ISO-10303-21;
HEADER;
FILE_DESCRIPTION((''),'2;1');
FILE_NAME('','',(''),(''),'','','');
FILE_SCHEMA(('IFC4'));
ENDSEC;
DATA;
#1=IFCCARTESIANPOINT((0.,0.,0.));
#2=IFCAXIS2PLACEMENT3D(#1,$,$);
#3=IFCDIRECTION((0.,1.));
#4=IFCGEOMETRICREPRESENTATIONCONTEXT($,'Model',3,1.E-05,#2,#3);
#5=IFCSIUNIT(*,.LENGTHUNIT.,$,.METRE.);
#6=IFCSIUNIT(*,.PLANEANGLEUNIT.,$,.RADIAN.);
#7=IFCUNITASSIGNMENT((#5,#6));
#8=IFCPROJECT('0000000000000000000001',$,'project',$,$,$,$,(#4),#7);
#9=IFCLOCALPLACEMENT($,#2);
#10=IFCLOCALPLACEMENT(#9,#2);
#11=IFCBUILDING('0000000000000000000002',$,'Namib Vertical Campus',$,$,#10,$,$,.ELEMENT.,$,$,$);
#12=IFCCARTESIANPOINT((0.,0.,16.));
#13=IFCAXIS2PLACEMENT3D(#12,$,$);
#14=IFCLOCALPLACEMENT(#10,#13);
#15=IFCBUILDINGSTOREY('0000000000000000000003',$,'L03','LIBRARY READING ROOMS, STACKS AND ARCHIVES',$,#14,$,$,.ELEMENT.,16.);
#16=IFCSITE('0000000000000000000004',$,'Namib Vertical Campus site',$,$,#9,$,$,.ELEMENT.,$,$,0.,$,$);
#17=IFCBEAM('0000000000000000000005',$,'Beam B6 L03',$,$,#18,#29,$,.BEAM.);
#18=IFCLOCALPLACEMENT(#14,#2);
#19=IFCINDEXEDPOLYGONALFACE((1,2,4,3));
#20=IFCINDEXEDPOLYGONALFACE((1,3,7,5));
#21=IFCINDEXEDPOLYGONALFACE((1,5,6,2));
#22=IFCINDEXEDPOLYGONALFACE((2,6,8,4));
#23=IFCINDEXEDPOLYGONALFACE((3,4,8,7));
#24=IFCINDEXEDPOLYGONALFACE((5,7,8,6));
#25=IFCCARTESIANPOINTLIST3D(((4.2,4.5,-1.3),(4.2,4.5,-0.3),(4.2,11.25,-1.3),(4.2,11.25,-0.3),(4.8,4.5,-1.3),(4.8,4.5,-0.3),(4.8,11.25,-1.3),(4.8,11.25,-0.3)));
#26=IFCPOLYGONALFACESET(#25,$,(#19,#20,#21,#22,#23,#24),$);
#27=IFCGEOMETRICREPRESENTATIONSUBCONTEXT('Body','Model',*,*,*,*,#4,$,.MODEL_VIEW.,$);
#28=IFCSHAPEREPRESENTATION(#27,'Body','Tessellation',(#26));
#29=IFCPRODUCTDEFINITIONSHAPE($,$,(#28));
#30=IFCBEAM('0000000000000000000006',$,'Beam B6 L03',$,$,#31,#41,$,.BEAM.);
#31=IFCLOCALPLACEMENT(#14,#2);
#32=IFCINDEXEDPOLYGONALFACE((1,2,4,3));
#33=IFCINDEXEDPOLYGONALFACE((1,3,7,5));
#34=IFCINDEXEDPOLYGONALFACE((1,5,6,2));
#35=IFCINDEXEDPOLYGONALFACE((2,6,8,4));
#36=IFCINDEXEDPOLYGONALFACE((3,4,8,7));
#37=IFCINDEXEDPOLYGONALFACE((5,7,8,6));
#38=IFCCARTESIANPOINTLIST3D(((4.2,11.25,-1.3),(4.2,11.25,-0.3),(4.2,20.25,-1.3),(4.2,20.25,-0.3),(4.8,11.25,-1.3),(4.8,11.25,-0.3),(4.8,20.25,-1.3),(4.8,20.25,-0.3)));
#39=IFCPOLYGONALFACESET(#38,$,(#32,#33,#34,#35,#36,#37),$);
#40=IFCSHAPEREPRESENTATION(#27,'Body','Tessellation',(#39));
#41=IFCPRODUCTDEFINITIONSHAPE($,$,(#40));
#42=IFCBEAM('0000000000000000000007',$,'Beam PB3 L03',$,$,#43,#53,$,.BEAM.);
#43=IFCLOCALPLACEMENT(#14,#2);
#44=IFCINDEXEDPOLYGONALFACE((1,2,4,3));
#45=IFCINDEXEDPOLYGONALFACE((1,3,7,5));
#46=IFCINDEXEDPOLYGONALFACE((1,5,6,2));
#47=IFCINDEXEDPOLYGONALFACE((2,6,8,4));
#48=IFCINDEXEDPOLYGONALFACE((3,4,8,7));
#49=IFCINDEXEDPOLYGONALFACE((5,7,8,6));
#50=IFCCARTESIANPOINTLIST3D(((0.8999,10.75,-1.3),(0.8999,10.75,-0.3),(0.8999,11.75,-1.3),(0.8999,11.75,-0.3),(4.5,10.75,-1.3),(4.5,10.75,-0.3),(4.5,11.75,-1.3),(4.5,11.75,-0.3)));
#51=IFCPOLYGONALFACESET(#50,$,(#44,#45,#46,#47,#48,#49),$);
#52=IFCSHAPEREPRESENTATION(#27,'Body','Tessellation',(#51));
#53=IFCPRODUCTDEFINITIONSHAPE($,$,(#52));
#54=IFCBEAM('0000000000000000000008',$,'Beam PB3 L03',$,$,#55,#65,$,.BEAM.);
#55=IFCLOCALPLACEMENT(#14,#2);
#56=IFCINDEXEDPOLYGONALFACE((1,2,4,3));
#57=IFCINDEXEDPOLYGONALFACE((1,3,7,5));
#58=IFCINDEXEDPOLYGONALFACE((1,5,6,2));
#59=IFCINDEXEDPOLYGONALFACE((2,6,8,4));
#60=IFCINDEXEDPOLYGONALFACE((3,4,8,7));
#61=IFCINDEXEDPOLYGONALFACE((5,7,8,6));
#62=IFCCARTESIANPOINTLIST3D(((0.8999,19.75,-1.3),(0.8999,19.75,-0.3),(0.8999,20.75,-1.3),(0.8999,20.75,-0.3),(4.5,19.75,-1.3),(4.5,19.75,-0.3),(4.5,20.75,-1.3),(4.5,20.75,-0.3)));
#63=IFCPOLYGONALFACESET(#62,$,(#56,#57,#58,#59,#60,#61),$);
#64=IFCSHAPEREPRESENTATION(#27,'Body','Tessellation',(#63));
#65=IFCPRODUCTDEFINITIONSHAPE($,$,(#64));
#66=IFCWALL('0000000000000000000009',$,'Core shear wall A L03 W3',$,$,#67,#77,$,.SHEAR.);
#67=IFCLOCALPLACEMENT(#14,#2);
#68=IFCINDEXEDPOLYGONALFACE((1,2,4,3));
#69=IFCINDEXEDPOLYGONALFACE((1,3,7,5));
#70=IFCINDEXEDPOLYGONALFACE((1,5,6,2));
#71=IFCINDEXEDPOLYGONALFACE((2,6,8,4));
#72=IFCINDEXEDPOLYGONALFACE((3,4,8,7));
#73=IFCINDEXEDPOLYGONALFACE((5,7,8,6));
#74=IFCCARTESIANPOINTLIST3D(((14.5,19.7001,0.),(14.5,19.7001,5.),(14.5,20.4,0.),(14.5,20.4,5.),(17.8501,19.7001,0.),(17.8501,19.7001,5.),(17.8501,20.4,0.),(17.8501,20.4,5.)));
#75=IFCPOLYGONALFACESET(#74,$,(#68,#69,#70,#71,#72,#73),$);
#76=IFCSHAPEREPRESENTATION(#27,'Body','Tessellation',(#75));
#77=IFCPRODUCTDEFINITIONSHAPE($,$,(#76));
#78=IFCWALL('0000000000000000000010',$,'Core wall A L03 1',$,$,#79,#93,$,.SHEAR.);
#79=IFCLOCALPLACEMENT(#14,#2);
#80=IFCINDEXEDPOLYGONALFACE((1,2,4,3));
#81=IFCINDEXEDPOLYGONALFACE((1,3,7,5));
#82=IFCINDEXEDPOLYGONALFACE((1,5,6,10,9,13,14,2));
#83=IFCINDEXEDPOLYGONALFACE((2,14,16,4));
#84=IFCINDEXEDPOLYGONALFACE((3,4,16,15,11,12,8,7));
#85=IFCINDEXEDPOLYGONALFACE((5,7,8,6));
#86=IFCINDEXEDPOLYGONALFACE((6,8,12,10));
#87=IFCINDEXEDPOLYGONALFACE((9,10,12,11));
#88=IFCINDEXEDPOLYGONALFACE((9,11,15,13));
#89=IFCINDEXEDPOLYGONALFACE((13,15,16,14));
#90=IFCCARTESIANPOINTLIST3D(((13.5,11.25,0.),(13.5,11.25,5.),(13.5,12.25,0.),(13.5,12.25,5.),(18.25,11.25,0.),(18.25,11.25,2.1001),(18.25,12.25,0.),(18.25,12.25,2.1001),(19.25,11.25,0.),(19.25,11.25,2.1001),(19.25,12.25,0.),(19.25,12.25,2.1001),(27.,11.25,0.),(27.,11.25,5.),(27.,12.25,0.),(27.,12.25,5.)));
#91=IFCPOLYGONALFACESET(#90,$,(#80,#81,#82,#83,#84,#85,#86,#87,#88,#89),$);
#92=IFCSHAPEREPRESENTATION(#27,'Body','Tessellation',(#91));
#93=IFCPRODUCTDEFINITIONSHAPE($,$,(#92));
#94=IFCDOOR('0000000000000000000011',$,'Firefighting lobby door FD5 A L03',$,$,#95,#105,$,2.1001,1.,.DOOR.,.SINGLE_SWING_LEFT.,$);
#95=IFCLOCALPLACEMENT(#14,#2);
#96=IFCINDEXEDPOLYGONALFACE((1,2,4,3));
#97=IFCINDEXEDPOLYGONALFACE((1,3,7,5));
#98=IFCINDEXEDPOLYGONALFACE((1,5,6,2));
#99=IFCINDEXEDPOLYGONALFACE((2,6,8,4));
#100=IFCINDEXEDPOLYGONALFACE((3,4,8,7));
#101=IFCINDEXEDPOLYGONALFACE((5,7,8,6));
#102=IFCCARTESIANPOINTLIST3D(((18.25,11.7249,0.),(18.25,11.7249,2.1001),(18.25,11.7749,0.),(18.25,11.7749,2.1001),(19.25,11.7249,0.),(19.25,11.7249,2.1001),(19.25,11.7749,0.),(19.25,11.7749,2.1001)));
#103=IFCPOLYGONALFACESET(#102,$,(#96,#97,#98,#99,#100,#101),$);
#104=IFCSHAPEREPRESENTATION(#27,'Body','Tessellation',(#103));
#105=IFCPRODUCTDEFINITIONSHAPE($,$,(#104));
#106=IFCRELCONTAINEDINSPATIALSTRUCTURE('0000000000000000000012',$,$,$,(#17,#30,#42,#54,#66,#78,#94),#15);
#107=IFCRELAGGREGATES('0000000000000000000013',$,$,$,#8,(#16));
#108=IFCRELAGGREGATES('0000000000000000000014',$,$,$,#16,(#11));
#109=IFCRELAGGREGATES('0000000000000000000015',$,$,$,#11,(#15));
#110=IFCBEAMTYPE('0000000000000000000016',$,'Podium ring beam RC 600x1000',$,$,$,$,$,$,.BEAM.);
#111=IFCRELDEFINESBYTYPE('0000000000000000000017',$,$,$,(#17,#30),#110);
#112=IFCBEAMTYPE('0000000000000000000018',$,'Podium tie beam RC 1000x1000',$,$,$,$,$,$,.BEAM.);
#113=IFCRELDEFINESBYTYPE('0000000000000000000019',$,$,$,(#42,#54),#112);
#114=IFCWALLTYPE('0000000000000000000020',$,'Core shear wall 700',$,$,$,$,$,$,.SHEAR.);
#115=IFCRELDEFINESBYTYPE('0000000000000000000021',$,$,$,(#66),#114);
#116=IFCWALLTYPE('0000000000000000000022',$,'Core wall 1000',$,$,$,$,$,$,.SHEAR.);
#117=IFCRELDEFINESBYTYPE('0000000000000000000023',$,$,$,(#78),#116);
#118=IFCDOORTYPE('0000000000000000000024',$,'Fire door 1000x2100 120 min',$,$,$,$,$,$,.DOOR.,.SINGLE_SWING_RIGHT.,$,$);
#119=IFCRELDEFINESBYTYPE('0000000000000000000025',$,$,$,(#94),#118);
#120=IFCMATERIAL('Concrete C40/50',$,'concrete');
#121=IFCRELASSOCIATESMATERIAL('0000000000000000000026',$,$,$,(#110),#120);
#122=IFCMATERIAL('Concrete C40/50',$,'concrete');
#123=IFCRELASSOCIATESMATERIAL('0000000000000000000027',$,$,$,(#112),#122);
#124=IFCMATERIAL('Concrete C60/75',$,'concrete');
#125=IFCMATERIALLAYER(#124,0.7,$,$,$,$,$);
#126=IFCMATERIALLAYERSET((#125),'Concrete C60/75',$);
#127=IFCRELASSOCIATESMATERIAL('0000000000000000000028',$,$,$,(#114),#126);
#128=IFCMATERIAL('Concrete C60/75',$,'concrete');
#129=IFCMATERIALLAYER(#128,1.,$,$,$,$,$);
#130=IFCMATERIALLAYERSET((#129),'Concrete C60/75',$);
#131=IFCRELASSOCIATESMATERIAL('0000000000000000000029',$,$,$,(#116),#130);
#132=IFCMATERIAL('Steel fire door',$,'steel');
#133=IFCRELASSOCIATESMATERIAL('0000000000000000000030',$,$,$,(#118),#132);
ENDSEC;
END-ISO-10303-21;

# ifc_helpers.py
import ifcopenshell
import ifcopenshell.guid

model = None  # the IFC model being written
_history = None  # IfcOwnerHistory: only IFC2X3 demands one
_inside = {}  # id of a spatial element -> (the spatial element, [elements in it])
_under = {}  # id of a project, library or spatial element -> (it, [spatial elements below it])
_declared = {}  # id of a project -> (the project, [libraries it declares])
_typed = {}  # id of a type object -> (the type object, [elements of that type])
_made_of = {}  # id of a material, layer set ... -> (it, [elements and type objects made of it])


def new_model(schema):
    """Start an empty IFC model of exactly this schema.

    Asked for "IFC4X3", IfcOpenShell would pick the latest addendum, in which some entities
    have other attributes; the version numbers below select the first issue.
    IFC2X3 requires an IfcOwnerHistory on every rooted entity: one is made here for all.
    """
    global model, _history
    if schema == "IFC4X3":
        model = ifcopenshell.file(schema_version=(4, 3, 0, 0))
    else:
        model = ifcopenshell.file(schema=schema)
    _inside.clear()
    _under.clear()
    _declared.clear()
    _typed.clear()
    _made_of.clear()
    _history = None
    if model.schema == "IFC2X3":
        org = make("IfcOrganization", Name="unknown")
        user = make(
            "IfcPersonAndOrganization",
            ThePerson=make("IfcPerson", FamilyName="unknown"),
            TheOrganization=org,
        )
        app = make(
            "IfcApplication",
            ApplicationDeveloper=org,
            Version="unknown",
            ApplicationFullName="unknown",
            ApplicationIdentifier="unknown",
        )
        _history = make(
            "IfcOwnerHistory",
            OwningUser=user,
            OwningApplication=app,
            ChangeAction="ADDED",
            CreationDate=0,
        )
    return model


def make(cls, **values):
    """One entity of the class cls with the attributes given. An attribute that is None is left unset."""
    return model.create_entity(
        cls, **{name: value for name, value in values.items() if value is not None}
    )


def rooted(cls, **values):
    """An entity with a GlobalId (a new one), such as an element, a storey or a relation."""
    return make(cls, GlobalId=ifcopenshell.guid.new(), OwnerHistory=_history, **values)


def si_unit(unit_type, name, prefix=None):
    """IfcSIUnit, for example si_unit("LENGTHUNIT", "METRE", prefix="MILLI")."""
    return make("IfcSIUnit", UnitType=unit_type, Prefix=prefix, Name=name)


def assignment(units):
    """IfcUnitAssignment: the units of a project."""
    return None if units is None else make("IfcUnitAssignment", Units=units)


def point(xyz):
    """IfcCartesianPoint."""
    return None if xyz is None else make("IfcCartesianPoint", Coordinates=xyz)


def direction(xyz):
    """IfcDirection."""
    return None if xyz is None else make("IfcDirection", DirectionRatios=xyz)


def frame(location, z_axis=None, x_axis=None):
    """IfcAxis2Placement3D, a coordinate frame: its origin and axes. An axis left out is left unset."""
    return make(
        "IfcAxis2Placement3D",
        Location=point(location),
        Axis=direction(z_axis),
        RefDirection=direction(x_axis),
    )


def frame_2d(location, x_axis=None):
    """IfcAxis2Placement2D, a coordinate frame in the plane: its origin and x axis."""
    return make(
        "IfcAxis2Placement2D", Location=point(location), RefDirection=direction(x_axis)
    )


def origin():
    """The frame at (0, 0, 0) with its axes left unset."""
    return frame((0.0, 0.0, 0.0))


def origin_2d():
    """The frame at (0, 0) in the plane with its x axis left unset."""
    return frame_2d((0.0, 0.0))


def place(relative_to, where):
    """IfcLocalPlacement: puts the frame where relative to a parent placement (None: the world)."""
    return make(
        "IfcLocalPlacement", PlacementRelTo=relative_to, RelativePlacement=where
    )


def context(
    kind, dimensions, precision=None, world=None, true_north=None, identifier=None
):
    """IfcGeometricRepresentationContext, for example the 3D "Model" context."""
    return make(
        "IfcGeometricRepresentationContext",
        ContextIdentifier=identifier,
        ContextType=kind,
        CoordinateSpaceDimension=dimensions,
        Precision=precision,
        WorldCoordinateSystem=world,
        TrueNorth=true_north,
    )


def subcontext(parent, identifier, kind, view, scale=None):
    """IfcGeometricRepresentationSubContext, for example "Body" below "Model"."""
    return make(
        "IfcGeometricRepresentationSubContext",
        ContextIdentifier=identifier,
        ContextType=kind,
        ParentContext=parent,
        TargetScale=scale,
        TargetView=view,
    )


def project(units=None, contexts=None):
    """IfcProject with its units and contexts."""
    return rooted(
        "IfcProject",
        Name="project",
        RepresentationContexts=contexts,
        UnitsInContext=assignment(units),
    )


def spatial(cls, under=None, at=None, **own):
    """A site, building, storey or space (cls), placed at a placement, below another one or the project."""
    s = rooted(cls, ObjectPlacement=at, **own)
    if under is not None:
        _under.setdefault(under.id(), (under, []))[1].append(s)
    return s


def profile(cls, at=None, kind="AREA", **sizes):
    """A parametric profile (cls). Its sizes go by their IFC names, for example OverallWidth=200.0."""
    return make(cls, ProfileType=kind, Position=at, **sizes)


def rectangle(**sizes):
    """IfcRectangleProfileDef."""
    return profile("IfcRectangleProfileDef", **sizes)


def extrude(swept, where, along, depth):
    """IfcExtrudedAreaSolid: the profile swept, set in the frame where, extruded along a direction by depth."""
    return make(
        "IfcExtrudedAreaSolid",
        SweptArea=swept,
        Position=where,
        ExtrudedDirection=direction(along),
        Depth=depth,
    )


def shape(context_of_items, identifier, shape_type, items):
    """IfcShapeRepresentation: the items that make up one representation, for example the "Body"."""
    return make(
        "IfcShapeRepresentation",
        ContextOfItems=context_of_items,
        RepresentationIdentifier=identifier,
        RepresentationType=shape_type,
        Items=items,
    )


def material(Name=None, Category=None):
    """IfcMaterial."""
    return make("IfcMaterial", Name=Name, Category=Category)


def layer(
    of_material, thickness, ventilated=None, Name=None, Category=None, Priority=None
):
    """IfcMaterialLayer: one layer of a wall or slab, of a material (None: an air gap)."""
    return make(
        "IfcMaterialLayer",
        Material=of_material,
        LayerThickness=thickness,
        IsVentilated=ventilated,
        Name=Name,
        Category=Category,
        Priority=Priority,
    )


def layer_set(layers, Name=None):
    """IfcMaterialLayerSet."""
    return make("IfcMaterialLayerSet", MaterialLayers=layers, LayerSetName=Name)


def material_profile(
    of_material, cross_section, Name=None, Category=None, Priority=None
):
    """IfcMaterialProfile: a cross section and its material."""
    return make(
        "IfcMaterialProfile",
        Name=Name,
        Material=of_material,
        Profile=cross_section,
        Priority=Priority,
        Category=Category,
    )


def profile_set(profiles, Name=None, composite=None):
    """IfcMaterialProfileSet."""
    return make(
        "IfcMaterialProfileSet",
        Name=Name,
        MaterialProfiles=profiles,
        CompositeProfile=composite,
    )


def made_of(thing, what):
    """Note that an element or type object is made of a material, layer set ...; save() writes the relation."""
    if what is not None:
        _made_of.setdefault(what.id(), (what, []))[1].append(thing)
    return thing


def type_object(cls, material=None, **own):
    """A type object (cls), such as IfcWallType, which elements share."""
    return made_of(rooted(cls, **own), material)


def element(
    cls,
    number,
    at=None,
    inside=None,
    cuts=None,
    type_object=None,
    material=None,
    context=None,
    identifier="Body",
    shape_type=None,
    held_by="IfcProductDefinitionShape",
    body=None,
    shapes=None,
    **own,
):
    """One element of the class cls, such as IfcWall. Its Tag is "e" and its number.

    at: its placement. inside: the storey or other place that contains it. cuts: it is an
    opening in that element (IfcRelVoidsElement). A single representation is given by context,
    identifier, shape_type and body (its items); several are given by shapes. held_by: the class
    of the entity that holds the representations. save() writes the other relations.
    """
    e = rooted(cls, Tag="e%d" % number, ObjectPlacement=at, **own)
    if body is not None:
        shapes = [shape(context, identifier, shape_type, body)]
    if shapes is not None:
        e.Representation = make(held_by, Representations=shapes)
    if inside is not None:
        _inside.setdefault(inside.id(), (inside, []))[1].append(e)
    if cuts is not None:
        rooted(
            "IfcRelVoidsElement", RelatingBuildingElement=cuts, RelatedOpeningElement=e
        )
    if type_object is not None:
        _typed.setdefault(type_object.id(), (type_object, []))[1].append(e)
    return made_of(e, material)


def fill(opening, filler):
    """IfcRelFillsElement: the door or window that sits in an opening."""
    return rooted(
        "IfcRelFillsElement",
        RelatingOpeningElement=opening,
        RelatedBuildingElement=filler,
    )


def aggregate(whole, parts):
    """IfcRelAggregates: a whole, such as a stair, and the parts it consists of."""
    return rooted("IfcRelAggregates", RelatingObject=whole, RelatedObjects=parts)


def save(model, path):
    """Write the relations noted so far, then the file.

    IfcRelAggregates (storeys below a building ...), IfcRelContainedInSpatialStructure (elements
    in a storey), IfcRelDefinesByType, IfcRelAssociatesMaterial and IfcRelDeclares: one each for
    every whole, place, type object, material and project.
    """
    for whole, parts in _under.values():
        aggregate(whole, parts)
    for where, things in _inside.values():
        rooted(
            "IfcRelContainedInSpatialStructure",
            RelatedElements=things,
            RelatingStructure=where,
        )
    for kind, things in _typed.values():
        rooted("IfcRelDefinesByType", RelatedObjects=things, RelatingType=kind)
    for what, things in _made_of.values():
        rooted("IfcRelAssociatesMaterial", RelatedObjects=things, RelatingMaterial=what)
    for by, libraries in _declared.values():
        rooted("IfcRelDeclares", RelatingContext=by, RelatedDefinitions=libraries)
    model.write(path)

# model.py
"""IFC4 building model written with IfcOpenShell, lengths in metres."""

from ifc_helpers import new_model, si_unit, direction, frame, frame_2d, origin, origin_2d, place, context, subcontext, project, spatial, rectangle, extrude, material, layer, layer_set, material_profile, profile_set, type_object, element, fill, save


model = new_model("IFC4")

# Units and contexts
model_context = context("Model", 3, precision=1e-05, world=origin(), true_north=direction((0.0, 1.0)))
body_context = subcontext(model_context, "Body", "Model", "MODEL_VIEW")
ifc_project = project(units=[si_unit("LENGTHUNIT", "METRE"), si_unit("PLANEANGLEUNIT", "RADIAN")], contexts=[model_context])

# Site, building, storey
site_placement = place(None, origin())
site = spatial("IfcSite", under=ifc_project, at=site_placement, Name="Namib Vertical Campus site", CompositionType="ELEMENT", RefElevation=0.0)
building_placement = place(site_placement, origin())
building = spatial("IfcBuilding", under=site, at=building_placement, Name="Namib Vertical Campus", CompositionType="ELEMENT")
storey_placement = place(building_placement, frame((0.0, 0.0, 16.0)))
storey = spatial("IfcBuildingStorey", under=building, at=storey_placement, Name="L03", Description="LIBRARY READING ROOMS, STACKS AND ARCHIVES", CompositionType="ELEMENT", Elevation=16.0)

# Beams
ifc_material_1 = material(Name="Concrete C40/50", Category="concrete")
ifc_material_profile_1 = material_profile(ifc_material_1, rectangle(XDim=0.6001, YDim=1.0, at=origin_2d()))
ifc_profile_set_1 = profile_set([ifc_material_profile_1], Name="Concrete C40/50")
beam_type_1 = type_object("IfcBeamType", Name="Podium ring beam RC 600x1000", PredefinedType="BEAM", material=ifc_profile_set_1)
beam_1_placement = place(storey_placement, frame((4.5, 4.5, -0.8), z_axis=(0.0, 1.0, 0.0), x_axis=(-1.0, 0.0, 0.0)))
element("IfcBeam", 1, at=beam_1_placement, inside=storey, type_object=beam_type_1, Name="Beam B6 L03", PredefinedType="BEAM", context=body_context, shape_type="SweptSolid", body=[
    extrude(rectangle(XDim=0.6001, YDim=1.0, at=origin_2d()), origin(), (0.0, 0.0, 1.0), 6.75),
])
beam_2_placement = place(storey_placement, frame((4.5, 11.25, -0.8), z_axis=(0.0, 1.0, 0.0), x_axis=(-1.0, 0.0, 0.0)))
element("IfcBeam", 2, at=beam_2_placement, inside=storey, type_object=beam_type_1, Name="Beam B6 L03", PredefinedType="BEAM", context=body_context, shape_type="SweptSolid", body=[
    extrude(rectangle(XDim=0.6001, YDim=1.0, at=origin_2d()), origin(), (0.0, 0.0, 1.0), 9.0),
])
ifc_material_2 = material(Name="Concrete C40/50", Category="concrete")
ifc_material_profile_2 = material_profile(ifc_material_2, rectangle(XDim=1.0, YDim=1.0, at=origin_2d()))
ifc_profile_set_2 = profile_set([ifc_material_profile_2], Name="Concrete C40/50")
beam_type_2 = type_object("IfcBeamType", Name="Podium tie beam RC 1000x1000", PredefinedType="BEAM", material=ifc_profile_set_2)
for number, where, z_axis, x_axis, name in (
    (3, (0.8999, 11.25, -0.8), (1.0, 0.0, 0.0), (0.0, 1.0, 0.0), "Beam PB3 L03"),
    (4, (0.8999, 20.25, -0.8), (1.0, 0.0, 0.0), (0.0, 1.0, 0.0), "Beam PB3 L03"),
):
    element("IfcBeam", number, at=place(storey_placement, frame(where, z_axis=z_axis, x_axis=x_axis)), inside=storey, type_object=beam_type_2, Name=name, PredefinedType="BEAM", context=body_context, shape_type="SweptSolid", body=[
        extrude(rectangle(XDim=1.0, YDim=1.0, at=origin_2d()), origin(), (0.0, 0.0, 1.0), 3.6001),
    ])

# Wall
ifc_material_3 = material(Name="Concrete C60/75", Category="concrete")
ifc_layer_1 = layer(ifc_material_3, 0.7)
ifc_layer_set_1 = layer_set([ifc_layer_1], Name="Concrete C60/75")
wall_type_1 = type_object("IfcWallType", Name="Core shear wall 700", PredefinedType="SHEAR", material=ifc_layer_set_1)
wall_1_placement = place(storey_placement, frame((14.5, 20.05, 0.0), z_axis=(0.0, 0.0, 1.0), x_axis=(1.0, 0.0, 0.0)))
element("IfcWall", 5, at=wall_1_placement, inside=storey, type_object=wall_type_1, Name="Core shear wall A L03 W3", PredefinedType="SHEAR", context=body_context, shape_type="SweptSolid", body=[
    extrude(rectangle(XDim=3.3501, YDim=0.7, at=frame_2d((1.675, 0.0))), origin(), (0.0, 0.0, 1.0), 5.0),
])

# Wall, opening, door
ifc_material_4 = material(Name="Concrete C60/75", Category="concrete")
ifc_layer_2 = layer(ifc_material_4, 1.0)
ifc_layer_set_2 = layer_set([ifc_layer_2], Name="Concrete C60/75")
wall_type_2 = type_object("IfcWallType", Name="Core wall 1000", PredefinedType="SHEAR", material=ifc_layer_set_2)
wall_2_placement = place(storey_placement, frame((13.5, 11.75, 0.0), z_axis=(0.0, 0.0, 1.0), x_axis=(1.0, 0.0, 0.0)))
wall_2 = element("IfcWall", 6, at=wall_2_placement, inside=storey, type_object=wall_type_2, Name="Core wall A L03 1", PredefinedType="SHEAR", context=body_context, shape_type="SweptSolid", body=[
    extrude(rectangle(XDim=13.5, YDim=1.0, at=frame_2d((6.75, 0.0))), origin(), (0.0, 0.0, 1.0), 5.0),
])
opening_1_placement = place(wall_2_placement, frame((4.75, 0.0, 0.0)))
opening_1 = element("IfcOpeningElement", 7, at=opening_1_placement, cuts=wall_2, PredefinedType="OPENING", context=body_context, shape_type="SweptSolid", body=[
    extrude(rectangle(XDim=1.0, YDim=2.1001, at=frame_2d((0.5, 1.05))), frame((0.0, 0.51, 0.0), z_axis=(0.0, -1.0, 0.0), x_axis=(1.0, 0.0, 0.0)), (0.0, 0.0, 1.0), 1.02),
])
ifc_material_5 = material(Name="Steel fire door", Category="steel")
door_type_1 = type_object("IfcDoorType", Name="Fire door 1000x2100 120 min", OperationType="SINGLE_SWING_RIGHT", PredefinedType="DOOR", material=ifc_material_5)
door_1_placement = place(opening_1_placement, origin())
door_1 = element("IfcDoor", 8, at=door_1_placement, inside=storey, type_object=door_type_1, Name="Firefighting lobby door FD5 A L03", OperationType="SINGLE_SWING_LEFT", OverallHeight=2.1001, OverallWidth=1.0, PredefinedType="DOOR", context=body_context, shape_type="SweptSolid", body=[
    extrude(rectangle(XDim=1.0, YDim=2.1001, at=frame_2d((0.5, 1.05))), frame((0.0, 0.0249, 0.0), z_axis=(0.0, -1.0, 0.0), x_axis=(1.0, 0.0, 0.0)), (0.0, 0.0, 1.0), 0.05),
])
fill(opening_1, door_1)

save(model, "model.ifc")
